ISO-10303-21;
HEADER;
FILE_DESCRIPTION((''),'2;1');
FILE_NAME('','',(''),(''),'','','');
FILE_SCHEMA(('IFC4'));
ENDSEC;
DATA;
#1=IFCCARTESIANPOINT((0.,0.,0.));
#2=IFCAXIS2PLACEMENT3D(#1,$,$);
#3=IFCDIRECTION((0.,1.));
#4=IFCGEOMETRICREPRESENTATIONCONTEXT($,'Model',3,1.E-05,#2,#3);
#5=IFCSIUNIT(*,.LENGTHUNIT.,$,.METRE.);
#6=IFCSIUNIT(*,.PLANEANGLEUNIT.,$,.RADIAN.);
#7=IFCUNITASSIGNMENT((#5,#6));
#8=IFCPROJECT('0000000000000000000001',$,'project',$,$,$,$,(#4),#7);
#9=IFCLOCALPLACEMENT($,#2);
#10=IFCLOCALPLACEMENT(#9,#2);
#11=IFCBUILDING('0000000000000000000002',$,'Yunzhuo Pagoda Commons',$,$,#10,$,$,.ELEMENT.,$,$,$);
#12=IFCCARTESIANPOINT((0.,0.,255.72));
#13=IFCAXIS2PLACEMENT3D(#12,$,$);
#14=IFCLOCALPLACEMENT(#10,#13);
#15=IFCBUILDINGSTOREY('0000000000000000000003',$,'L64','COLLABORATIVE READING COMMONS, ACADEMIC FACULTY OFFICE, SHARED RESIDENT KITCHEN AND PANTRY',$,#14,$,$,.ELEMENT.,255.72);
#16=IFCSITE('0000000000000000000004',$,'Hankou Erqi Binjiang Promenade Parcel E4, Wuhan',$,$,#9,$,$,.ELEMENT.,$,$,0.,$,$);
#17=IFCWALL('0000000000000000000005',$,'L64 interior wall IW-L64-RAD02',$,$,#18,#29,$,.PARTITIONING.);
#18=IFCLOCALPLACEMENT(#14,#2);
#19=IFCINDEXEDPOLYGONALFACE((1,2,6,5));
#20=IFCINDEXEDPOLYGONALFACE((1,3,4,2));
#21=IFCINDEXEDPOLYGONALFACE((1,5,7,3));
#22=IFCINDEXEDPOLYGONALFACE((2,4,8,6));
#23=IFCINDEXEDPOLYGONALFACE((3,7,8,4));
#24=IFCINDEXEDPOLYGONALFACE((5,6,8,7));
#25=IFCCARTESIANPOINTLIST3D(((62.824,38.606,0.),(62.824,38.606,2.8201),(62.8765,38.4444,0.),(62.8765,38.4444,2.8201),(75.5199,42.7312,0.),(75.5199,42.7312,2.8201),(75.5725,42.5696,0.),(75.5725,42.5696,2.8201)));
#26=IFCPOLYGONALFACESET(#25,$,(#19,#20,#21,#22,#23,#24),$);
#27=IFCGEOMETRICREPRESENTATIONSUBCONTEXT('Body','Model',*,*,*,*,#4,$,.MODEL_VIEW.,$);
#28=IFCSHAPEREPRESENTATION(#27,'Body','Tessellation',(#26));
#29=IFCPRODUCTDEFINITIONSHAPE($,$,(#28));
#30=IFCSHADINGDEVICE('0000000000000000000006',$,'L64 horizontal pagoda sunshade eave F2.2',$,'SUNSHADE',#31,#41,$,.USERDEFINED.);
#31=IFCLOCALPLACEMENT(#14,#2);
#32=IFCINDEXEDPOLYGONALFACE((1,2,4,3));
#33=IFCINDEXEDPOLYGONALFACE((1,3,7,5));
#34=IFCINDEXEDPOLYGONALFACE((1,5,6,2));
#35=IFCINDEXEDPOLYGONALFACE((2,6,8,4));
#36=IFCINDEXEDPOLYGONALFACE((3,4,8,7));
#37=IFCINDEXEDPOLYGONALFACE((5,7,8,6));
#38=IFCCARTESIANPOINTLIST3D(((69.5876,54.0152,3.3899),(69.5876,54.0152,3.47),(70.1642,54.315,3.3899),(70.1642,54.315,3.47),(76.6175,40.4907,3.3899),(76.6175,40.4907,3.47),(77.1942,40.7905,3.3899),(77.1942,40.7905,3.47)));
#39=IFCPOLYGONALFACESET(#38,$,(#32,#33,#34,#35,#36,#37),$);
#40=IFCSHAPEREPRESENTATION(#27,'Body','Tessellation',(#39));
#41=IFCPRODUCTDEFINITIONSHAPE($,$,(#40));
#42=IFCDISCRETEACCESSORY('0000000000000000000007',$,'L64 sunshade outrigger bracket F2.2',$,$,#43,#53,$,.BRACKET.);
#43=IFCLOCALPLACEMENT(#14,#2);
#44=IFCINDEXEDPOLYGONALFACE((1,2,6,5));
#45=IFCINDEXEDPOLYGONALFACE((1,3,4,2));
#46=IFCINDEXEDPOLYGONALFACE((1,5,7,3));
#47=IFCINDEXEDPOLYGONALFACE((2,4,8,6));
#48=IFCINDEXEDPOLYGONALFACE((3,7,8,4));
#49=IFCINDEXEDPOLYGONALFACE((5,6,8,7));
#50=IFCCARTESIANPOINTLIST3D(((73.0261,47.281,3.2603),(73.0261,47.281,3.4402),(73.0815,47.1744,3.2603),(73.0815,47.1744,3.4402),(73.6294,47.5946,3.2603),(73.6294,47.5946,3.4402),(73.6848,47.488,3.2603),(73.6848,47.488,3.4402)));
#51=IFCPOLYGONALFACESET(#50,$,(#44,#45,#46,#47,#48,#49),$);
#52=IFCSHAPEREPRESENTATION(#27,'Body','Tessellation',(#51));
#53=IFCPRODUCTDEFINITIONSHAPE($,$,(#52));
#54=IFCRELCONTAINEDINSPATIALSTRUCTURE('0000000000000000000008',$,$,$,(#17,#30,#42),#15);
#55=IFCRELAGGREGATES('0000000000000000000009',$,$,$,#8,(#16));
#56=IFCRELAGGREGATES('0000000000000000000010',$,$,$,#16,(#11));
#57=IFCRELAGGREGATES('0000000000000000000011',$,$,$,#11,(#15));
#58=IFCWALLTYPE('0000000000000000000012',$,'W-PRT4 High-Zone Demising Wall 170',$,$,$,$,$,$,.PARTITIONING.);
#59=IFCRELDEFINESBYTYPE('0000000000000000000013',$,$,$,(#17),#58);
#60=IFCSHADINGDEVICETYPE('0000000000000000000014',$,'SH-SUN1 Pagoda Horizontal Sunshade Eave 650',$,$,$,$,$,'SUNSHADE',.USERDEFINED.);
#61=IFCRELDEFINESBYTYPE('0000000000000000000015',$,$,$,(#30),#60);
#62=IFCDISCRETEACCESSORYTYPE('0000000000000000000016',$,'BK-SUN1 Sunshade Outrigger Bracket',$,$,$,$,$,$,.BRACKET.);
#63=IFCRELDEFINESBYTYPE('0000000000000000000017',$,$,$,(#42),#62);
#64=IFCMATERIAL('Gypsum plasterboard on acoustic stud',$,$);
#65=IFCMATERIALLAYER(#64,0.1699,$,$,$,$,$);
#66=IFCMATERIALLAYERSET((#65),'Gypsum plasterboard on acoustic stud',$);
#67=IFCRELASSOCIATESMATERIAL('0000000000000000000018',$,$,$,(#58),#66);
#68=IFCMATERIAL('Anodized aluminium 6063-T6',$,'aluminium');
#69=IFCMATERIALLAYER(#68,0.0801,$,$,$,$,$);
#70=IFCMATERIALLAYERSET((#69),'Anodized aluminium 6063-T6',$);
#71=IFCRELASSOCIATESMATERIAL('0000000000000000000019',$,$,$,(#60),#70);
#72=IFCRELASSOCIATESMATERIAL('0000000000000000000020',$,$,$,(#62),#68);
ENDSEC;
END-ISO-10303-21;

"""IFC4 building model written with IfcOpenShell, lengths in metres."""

from ifc_helpers import new_model, si_unit, direction, frame, frame_2d, origin, origin_2d, place, context, subcontext, project, spatial, rectangle, extrude, source, transform, mapped, material, layer, layer_set, type_object, element, save


model = new_model("IFC4")

# Units and contexts
model_context = context("Model", 3, precision=1e-05, world=origin(), true_north=direction((0.0, 1.0)))
body_context = subcontext(model_context, "Body", "Model", "MODEL_VIEW")
ifc_project = project(units=[si_unit("LENGTHUNIT", "METRE"), si_unit("PLANEANGLEUNIT", "RADIAN")], contexts=[model_context])

# Site, building, storey
site_placement = place(None, origin())
site = spatial("IfcSite", under=ifc_project, at=site_placement, Name="Hankou Erqi Binjiang Promenade Parcel E4, Wuhan", CompositionType="ELEMENT", RefElevation=0.0)
building_placement = place(site_placement, origin())
building = spatial("IfcBuilding", under=site, at=building_placement, Name="Yunzhuo Pagoda Commons", CompositionType="ELEMENT")
storey_placement = place(building_placement, frame((0.0, 0.0, 255.72)))
storey = spatial("IfcBuildingStorey", under=building, at=storey_placement, Name="L64", Description="COLLABORATIVE READING COMMONS, ACADEMIC FACULTY OFFICE, SHARED RESIDENT KITCHEN AND PANTRY", CompositionType="ELEMENT", Elevation=255.72)

# Shared definitions
ifc_material_1 = material(Name="Anodized aluminium 6063-T6", Category="aluminium")

# Wall
ifc_material_2 = material(Name="Gypsum plasterboard on acoustic stud")
ifc_layer_1 = layer(ifc_material_2, 0.1699)
ifc_layer_set_1 = layer_set([ifc_layer_1], Name="Gypsum plasterboard on acoustic stud")
wall_type_1 = type_object("IfcWallType", Name="W-PRT4 High-Zone Demising Wall 170", PredefinedType="PARTITIONING", material=ifc_layer_set_1)
wall_1_placement = place(storey_placement, frame((62.8501, 38.5251, 0.0), z_axis=(0.0, 0.0, 1.0), x_axis=(0.951055, 0.30902, 0.0)))
element("IfcWall", 1, at=wall_1_placement, inside=storey, type_object=wall_type_1, Name="L64 interior wall IW-L64-RAD02", PredefinedType="PARTITIONING", context=body_context, shape_type="SweptSolid", body=[
    extrude(rectangle(XDim=13.3494, YDim=0.1699, at=frame_2d((6.6748, 0.0))), origin(), (0.0, 0.0, 1.0), 2.8201),
])

# Shading device
ifc_layer_2 = layer(ifc_material_1, 0.0801)
ifc_layer_set_2 = layer_set([ifc_layer_2], Name="Anodized aluminium 6063-T6")
shading_device_type = type_object("IfcShadingDeviceType", Name="SH-SUN1 Pagoda Horizontal Sunshade Eave 650", ElementType="SUNSHADE", PredefinedType="USERDEFINED", material=ifc_layer_set_2)
shared_shape_1 = source(origin(), body_context, "Body", "SweptSolid", [
    extrude(rectangle(XDim=15.2424, YDim=0.6499, at=origin_2d()), origin(), (0.0, 0.0, 1.0), 0.0801),
])
shading_device_placement = place(storey_placement, frame((73.3909, 47.4028, 3.3899), z_axis=(0.0, 0.0, 1.0), x_axis=(-0.461207, 0.887293, 0.0)))
element("IfcShadingDevice", 2, at=shading_device_placement, inside=storey, type_object=shading_device_type, Name="L64 horizontal pagoda sunshade eave F2.2", ObjectType="SUNSHADE", PredefinedType="USERDEFINED", context=body_context, shape_type="MappedRepresentation", body=[
    mapped(shared_shape_1, transform((0.0, 0.0, 0.0), scale=1.0)),
])

# Discrete accessory
discrete_accessory_type = type_object("IfcDiscreteAccessoryType", Name="BK-SUN1 Sunshade Outrigger Bracket", PredefinedType="BRACKET", material=ifc_material_1)
shared_shape_2 = source(origin(), body_context, "Body", "SweptSolid", [
    extrude(rectangle(XDim=0.1201, YDim=0.6799, at=origin_2d()), origin(), (0.0, 0.0, 1.0), 0.1799),
])
discrete_accessory_placement = place(storey_placement, frame((73.3555, 47.3845, 3.2603), z_axis=(0.0, 0.0, 1.0), x_axis=(-0.461207, 0.887293, 0.0)))
element("IfcDiscreteAccessory", 3, at=discrete_accessory_placement, inside=storey, type_object=discrete_accessory_type, Name="L64 sunshade outrigger bracket F2.2", PredefinedType="BRACKET", context=body_context, shape_type="MappedRepresentation", body=[
    mapped(shared_shape_2, transform((0.0, 0.0, 0.0), scale=1.0)),
])

save(model, "model.ifc")
